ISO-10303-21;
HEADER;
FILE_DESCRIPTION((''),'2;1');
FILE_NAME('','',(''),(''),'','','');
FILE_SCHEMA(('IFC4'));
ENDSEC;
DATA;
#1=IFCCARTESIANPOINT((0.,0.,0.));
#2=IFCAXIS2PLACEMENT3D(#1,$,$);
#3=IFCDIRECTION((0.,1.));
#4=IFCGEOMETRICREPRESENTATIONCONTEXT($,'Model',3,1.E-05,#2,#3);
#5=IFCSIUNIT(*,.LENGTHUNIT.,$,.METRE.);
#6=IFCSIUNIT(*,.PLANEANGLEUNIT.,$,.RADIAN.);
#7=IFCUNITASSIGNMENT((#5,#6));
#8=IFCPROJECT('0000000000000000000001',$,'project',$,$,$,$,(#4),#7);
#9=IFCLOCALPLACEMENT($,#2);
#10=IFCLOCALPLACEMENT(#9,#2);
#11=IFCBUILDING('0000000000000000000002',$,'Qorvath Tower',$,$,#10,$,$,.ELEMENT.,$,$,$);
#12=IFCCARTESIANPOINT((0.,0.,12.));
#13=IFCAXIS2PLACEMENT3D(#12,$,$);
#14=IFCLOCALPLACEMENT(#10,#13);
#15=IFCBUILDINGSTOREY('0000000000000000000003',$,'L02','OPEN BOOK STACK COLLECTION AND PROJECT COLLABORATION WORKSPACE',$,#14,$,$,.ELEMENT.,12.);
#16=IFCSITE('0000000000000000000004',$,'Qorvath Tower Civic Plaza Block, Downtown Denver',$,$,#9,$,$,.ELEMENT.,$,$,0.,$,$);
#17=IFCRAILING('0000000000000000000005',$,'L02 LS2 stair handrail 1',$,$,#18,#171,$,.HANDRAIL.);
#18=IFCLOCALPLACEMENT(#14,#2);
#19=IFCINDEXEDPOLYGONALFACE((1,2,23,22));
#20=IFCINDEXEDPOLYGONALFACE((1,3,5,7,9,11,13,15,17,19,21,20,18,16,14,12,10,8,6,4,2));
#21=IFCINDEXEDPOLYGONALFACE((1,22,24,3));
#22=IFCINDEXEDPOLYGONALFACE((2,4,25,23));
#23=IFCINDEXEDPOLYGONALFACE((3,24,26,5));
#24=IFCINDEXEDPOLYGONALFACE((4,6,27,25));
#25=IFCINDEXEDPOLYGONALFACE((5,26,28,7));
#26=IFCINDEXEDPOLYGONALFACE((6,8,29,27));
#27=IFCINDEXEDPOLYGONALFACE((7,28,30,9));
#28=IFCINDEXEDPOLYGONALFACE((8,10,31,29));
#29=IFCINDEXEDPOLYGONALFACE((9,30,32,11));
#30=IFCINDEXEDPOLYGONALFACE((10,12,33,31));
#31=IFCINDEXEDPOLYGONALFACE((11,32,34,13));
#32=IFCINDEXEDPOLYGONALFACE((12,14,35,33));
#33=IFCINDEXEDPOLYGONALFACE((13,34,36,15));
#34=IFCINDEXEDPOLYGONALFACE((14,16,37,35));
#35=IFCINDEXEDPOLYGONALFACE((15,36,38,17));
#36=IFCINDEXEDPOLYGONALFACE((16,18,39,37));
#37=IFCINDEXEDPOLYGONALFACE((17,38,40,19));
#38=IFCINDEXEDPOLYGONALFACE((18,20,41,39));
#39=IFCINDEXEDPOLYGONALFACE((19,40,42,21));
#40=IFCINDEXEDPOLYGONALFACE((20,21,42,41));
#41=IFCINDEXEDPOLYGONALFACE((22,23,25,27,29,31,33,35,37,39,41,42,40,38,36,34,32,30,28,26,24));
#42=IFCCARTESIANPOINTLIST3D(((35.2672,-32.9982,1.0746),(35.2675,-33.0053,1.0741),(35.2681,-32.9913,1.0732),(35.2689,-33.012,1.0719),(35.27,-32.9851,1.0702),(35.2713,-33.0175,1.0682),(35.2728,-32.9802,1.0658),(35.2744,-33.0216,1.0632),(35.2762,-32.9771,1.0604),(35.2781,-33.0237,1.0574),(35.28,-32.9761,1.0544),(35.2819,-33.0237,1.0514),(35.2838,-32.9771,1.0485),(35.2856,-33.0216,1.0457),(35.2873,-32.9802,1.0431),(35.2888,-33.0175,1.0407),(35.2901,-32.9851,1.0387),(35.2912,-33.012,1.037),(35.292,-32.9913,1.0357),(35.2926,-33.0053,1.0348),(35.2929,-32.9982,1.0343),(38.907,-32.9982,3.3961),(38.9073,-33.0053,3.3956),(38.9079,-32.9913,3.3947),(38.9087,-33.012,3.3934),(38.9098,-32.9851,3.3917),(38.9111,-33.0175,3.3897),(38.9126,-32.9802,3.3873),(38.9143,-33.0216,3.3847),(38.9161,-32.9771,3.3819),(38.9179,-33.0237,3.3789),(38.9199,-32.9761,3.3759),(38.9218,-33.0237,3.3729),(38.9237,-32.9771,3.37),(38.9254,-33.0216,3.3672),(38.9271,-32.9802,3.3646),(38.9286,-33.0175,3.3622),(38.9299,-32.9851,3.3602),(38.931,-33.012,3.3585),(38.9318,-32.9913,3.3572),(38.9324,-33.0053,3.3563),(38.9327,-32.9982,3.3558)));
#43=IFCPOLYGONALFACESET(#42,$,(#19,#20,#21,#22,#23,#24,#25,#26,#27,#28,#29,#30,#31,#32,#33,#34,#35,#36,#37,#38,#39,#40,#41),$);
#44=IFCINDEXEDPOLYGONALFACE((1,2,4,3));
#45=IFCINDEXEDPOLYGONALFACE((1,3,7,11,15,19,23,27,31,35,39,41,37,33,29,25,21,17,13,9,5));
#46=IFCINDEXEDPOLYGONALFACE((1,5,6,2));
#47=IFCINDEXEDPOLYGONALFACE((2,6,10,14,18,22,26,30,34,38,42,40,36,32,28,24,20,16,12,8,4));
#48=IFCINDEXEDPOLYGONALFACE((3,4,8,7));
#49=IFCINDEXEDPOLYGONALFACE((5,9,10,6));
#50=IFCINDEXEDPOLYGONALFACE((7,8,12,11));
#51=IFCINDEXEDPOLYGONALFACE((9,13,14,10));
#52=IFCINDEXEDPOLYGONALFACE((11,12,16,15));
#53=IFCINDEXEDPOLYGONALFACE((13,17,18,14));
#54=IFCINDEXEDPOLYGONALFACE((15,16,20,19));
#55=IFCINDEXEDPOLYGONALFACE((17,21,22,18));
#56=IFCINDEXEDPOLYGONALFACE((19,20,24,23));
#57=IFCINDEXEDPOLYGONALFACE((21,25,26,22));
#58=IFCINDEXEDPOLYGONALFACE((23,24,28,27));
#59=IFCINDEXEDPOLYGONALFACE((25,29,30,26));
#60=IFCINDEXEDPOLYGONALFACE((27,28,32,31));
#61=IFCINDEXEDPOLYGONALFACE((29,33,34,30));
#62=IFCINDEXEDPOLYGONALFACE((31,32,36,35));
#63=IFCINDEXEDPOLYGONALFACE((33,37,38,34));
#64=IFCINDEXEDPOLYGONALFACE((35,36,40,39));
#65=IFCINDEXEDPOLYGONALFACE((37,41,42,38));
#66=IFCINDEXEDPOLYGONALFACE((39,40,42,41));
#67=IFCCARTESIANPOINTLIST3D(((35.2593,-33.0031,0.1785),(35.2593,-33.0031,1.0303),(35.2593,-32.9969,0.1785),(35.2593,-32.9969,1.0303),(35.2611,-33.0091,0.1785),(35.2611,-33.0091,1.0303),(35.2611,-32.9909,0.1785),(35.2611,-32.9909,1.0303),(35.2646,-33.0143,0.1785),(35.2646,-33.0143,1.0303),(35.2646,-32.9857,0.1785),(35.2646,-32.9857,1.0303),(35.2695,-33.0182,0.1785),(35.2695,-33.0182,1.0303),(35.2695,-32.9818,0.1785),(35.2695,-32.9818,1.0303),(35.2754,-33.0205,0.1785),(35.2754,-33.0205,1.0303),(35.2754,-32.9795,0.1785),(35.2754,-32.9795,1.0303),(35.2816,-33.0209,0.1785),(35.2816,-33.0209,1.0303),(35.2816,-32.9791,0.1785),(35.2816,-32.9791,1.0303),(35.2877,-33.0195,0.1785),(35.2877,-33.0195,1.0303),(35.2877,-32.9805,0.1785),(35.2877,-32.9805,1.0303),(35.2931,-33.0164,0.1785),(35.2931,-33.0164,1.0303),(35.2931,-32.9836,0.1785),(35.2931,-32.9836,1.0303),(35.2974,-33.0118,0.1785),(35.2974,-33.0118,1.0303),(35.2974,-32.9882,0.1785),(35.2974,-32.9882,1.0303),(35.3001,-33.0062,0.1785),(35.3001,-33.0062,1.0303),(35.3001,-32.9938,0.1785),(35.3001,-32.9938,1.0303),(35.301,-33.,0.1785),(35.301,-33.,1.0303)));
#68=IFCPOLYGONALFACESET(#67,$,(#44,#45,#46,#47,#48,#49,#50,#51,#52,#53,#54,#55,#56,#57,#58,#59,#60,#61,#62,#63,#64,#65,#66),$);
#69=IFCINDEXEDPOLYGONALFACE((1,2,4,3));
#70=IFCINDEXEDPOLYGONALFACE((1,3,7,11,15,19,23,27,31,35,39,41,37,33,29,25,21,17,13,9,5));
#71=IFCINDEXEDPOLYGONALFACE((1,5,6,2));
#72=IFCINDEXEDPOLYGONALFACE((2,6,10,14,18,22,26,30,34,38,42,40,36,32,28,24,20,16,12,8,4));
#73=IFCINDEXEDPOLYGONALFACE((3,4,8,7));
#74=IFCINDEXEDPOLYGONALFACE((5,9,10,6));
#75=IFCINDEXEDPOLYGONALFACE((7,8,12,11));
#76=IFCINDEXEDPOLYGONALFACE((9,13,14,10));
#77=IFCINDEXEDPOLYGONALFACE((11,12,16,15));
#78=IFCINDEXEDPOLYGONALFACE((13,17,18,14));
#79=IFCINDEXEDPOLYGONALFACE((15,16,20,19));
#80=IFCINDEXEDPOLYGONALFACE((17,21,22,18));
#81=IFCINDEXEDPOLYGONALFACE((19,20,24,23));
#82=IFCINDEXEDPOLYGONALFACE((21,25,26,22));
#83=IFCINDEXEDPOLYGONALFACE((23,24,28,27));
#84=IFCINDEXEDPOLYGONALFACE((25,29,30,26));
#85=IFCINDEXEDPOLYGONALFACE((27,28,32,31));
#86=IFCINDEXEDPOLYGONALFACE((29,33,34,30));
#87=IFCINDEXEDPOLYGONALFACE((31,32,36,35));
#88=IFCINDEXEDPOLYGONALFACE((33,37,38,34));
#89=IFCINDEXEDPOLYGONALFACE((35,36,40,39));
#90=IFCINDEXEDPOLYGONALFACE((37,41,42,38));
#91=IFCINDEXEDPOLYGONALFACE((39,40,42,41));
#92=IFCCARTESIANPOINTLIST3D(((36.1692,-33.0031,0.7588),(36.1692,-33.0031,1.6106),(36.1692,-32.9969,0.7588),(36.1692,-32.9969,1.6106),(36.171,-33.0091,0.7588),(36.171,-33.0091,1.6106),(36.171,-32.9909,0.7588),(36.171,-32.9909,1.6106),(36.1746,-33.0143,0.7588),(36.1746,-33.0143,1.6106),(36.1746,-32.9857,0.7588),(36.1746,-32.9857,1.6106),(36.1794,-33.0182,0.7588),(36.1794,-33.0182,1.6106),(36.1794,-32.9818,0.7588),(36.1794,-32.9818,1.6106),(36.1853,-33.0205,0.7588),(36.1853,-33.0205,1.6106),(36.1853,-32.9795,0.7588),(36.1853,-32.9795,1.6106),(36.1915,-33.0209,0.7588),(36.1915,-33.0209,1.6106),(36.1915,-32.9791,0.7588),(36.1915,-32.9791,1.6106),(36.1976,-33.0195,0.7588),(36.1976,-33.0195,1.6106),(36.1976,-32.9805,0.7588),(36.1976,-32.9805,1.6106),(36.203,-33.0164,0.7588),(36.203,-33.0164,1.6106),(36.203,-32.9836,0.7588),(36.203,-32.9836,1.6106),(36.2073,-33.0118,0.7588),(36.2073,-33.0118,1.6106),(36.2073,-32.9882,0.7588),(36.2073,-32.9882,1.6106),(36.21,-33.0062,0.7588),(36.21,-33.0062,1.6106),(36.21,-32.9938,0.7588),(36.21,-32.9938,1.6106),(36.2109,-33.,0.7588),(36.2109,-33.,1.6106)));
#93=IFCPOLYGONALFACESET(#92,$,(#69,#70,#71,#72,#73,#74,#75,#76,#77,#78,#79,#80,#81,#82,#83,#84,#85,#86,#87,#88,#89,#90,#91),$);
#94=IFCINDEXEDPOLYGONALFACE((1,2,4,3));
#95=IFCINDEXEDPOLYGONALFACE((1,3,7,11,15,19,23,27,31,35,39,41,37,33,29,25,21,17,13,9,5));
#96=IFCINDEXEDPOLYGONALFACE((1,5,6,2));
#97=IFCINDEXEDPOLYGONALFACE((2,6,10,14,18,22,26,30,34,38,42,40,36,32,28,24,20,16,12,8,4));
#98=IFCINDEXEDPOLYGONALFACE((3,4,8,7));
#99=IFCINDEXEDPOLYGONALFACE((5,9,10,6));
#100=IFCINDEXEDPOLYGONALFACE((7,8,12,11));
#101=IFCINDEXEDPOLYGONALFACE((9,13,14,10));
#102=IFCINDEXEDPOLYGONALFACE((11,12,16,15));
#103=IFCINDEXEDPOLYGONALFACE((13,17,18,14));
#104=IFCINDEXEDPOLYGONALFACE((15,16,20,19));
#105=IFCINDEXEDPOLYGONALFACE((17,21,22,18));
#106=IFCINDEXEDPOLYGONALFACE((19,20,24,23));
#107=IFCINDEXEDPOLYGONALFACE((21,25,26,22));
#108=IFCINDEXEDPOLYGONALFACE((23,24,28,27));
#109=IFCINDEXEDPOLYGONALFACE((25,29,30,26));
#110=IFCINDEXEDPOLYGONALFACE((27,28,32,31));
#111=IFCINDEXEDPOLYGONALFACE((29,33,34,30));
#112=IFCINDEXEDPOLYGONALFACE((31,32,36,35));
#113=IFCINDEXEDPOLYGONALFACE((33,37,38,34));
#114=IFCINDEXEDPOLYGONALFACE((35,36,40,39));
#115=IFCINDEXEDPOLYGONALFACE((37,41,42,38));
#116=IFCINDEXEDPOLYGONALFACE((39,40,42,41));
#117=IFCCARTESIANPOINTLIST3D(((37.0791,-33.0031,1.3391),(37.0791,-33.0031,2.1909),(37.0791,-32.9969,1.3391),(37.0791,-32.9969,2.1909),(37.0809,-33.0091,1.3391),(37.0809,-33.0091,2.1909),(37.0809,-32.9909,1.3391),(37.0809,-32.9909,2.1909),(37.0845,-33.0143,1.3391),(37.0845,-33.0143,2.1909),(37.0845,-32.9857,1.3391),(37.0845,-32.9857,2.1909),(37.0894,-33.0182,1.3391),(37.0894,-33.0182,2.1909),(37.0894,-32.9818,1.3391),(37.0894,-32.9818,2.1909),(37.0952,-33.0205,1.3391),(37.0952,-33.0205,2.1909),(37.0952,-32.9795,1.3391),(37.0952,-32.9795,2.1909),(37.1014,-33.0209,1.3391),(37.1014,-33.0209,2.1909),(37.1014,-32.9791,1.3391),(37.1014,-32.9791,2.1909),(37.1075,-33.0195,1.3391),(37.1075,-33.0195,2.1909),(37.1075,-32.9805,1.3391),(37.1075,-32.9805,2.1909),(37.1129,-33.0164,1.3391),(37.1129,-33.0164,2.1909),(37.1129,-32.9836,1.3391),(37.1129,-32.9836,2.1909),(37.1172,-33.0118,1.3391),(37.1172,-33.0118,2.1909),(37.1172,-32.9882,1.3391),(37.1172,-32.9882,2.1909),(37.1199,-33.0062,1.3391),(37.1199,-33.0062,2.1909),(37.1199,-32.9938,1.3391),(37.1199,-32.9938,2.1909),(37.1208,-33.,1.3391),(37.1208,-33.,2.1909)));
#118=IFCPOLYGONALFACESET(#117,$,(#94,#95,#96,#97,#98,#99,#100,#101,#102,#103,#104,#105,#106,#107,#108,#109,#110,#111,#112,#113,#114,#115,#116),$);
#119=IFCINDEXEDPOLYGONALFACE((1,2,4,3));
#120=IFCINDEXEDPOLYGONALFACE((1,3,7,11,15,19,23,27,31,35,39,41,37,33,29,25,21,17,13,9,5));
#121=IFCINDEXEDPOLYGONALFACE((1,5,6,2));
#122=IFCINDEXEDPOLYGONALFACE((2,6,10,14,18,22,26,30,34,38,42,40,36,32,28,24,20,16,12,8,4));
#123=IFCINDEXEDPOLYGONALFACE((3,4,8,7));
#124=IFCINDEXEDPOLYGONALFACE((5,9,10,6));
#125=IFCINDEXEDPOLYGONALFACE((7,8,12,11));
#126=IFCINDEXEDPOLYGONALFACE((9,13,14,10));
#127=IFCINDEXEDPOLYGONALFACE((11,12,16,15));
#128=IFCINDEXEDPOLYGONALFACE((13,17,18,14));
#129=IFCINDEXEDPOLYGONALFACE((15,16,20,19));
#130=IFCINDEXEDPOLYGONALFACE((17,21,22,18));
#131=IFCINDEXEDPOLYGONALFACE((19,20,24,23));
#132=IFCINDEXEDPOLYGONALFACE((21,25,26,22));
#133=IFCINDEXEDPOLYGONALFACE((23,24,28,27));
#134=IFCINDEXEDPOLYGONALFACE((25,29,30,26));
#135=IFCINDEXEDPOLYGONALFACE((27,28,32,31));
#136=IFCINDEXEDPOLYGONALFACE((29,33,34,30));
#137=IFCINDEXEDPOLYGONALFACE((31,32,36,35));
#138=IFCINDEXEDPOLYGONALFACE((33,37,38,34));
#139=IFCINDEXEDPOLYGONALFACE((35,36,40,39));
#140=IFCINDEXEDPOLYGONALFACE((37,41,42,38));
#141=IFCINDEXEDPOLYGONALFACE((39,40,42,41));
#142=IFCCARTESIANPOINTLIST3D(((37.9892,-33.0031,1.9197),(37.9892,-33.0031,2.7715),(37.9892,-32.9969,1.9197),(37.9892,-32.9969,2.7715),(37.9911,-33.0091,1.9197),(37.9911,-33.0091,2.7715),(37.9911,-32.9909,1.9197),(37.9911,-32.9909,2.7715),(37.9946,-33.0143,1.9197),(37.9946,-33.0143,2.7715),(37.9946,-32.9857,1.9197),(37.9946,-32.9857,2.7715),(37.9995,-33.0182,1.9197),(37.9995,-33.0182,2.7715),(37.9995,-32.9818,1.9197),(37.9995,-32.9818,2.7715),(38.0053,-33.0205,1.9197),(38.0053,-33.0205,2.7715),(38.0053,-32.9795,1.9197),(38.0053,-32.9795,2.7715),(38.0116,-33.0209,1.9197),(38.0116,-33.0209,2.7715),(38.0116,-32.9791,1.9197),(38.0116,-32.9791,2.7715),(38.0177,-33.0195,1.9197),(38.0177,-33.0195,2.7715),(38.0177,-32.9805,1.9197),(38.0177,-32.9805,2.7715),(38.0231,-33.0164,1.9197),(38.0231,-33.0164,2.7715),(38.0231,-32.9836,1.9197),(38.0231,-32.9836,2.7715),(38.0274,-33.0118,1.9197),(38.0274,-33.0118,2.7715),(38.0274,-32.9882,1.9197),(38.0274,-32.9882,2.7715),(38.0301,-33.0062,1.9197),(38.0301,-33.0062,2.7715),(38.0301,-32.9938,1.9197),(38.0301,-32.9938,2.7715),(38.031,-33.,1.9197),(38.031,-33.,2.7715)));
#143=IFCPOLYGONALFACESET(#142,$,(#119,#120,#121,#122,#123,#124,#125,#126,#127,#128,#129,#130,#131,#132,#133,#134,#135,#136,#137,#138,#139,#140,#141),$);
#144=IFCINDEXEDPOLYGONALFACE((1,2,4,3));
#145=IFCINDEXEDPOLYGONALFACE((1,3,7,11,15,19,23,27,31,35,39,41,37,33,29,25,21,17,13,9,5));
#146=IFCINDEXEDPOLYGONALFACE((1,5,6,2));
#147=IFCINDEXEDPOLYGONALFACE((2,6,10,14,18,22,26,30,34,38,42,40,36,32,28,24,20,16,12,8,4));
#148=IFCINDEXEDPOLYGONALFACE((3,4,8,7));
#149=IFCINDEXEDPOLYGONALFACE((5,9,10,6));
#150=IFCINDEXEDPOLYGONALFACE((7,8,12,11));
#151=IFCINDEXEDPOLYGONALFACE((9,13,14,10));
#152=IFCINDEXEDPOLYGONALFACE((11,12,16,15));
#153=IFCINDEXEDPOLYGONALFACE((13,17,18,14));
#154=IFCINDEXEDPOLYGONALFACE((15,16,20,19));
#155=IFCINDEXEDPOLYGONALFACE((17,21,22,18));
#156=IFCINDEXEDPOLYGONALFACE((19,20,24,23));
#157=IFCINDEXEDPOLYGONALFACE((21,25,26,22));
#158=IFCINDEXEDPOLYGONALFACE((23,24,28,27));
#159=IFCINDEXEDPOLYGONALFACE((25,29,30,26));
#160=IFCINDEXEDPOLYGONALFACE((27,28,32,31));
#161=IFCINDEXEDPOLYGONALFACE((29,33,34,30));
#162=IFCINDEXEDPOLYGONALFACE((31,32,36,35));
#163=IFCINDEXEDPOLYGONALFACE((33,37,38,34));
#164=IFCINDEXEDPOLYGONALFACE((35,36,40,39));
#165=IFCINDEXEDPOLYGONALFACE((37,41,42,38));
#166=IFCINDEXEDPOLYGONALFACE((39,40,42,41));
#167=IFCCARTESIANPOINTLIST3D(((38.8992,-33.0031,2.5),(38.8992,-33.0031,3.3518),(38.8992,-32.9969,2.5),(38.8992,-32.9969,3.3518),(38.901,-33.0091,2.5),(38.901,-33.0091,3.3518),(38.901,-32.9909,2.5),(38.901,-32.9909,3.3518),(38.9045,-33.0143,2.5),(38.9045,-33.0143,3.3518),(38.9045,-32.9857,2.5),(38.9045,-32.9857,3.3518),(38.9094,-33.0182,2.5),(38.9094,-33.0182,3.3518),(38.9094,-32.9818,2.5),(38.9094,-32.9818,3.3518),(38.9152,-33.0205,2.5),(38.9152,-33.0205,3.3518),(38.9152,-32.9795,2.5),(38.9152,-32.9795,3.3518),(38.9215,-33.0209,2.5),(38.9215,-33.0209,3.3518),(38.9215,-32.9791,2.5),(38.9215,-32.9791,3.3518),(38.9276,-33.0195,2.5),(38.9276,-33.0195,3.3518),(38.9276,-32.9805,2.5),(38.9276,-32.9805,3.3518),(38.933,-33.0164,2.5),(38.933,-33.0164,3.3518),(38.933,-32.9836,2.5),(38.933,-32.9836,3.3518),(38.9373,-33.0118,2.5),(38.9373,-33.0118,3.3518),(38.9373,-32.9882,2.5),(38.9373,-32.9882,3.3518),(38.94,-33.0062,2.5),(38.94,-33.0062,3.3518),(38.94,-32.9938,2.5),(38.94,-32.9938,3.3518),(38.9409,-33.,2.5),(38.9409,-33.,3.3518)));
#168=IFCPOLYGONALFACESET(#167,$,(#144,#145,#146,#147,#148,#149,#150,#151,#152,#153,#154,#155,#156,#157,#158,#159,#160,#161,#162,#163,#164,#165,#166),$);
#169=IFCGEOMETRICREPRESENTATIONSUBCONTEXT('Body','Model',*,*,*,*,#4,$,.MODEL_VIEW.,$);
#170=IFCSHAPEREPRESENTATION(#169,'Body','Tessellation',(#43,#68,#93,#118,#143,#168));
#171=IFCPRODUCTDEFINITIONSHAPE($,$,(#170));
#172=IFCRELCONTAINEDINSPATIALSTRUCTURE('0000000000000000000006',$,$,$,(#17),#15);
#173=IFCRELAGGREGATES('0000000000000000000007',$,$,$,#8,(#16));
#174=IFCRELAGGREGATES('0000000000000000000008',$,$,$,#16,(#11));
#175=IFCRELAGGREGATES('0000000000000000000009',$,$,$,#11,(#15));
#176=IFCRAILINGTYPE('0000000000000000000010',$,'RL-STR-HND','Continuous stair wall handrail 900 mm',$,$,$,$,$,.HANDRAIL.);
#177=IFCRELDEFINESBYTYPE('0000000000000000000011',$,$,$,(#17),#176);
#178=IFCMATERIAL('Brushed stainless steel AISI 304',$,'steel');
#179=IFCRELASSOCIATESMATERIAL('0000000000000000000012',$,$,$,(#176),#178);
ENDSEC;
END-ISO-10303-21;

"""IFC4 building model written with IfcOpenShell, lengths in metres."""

from ifc_helpers import new_model, si_unit, direction, frame, origin, origin_2d, place, context, subcontext, project, spatial, circle, extrude, material, type_object, element, save


model = new_model("IFC4")

# Units and contexts
model_context = context("Model", 3, precision=1e-05, world=origin(), true_north=direction((0.0, 1.0)))
body_context = subcontext(model_context, "Body", "Model", "MODEL_VIEW")
ifc_project = project(units=[si_unit("LENGTHUNIT", "METRE"), si_unit("PLANEANGLEUNIT", "RADIAN")], contexts=[model_context])

# Site, building, storey
site_placement = place(None, origin())
site = spatial("IfcSite", under=ifc_project, at=site_placement, Name="Qorvath Tower Civic Plaza Block, Downtown Denver", CompositionType="ELEMENT", RefElevation=0.0)
building_placement = place(site_placement, origin())
building = spatial("IfcBuilding", under=site, at=building_placement, Name="Qorvath Tower", CompositionType="ELEMENT")
storey_placement = place(building_placement, frame((0.0, 0.0, 12.0)))
storey = spatial("IfcBuildingStorey", under=building, at=storey_placement, Name="L02", Description="OPEN BOOK STACK COLLECTION AND PROJECT COLLABORATION WORKSPACE", CompositionType="ELEMENT", Elevation=12.0)

# Railing
ifc_material_1 = material(Name="Brushed stainless steel AISI 304", Category="steel")
railing_type_1 = type_object("IfcRailingType", Name="RL-STR-HND", Description="Continuous stair wall handrail 900 mm", PredefinedType="HANDRAIL", material=ifc_material_1)
railing_1_placement = place(storey_placement, frame((35.28, -33.0, 0.1785)))
element("IfcRailing", 1, at=railing_1_placement, inside=storey, type_object=railing_type_1, Name="L02 LS2 stair handrail 1", PredefinedType="HANDRAIL", context=body_context, shape_type="SweptSolid", body=[
    extrude(circle(Radius=0.0239, at=origin_2d()), frame((0.0, 0.0, 0.876), z_axis=(0.843112, 0.0, 0.537739), x_axis=(0.0, 1.0, 0.0)), (0.0, 0.0, 1.0), 4.3171),
    extrude(circle(Radius=0.021, at=origin_2d()), origin(), (0.0, 0.0, 1.0), 0.8518),
    extrude(circle(Radius=0.021, at=origin_2d()), frame((0.9099, 0.0, 0.5803)), (0.0, 0.0, 1.0), 0.8518),
    extrude(circle(Radius=0.021, at=origin_2d()), frame((1.8198, 0.0, 1.1606)), (0.0, 0.0, 1.0), 0.8518),
    extrude(circle(Radius=0.021, at=origin_2d()), frame((2.73, 0.0, 1.7412)), (0.0, 0.0, 1.0), 0.8518),
    extrude(circle(Radius=0.021, at=origin_2d()), frame((3.6399, 0.0, 2.3215)), (0.0, 0.0, 1.0), 0.8518),
])

save(model, "model.ifc")
